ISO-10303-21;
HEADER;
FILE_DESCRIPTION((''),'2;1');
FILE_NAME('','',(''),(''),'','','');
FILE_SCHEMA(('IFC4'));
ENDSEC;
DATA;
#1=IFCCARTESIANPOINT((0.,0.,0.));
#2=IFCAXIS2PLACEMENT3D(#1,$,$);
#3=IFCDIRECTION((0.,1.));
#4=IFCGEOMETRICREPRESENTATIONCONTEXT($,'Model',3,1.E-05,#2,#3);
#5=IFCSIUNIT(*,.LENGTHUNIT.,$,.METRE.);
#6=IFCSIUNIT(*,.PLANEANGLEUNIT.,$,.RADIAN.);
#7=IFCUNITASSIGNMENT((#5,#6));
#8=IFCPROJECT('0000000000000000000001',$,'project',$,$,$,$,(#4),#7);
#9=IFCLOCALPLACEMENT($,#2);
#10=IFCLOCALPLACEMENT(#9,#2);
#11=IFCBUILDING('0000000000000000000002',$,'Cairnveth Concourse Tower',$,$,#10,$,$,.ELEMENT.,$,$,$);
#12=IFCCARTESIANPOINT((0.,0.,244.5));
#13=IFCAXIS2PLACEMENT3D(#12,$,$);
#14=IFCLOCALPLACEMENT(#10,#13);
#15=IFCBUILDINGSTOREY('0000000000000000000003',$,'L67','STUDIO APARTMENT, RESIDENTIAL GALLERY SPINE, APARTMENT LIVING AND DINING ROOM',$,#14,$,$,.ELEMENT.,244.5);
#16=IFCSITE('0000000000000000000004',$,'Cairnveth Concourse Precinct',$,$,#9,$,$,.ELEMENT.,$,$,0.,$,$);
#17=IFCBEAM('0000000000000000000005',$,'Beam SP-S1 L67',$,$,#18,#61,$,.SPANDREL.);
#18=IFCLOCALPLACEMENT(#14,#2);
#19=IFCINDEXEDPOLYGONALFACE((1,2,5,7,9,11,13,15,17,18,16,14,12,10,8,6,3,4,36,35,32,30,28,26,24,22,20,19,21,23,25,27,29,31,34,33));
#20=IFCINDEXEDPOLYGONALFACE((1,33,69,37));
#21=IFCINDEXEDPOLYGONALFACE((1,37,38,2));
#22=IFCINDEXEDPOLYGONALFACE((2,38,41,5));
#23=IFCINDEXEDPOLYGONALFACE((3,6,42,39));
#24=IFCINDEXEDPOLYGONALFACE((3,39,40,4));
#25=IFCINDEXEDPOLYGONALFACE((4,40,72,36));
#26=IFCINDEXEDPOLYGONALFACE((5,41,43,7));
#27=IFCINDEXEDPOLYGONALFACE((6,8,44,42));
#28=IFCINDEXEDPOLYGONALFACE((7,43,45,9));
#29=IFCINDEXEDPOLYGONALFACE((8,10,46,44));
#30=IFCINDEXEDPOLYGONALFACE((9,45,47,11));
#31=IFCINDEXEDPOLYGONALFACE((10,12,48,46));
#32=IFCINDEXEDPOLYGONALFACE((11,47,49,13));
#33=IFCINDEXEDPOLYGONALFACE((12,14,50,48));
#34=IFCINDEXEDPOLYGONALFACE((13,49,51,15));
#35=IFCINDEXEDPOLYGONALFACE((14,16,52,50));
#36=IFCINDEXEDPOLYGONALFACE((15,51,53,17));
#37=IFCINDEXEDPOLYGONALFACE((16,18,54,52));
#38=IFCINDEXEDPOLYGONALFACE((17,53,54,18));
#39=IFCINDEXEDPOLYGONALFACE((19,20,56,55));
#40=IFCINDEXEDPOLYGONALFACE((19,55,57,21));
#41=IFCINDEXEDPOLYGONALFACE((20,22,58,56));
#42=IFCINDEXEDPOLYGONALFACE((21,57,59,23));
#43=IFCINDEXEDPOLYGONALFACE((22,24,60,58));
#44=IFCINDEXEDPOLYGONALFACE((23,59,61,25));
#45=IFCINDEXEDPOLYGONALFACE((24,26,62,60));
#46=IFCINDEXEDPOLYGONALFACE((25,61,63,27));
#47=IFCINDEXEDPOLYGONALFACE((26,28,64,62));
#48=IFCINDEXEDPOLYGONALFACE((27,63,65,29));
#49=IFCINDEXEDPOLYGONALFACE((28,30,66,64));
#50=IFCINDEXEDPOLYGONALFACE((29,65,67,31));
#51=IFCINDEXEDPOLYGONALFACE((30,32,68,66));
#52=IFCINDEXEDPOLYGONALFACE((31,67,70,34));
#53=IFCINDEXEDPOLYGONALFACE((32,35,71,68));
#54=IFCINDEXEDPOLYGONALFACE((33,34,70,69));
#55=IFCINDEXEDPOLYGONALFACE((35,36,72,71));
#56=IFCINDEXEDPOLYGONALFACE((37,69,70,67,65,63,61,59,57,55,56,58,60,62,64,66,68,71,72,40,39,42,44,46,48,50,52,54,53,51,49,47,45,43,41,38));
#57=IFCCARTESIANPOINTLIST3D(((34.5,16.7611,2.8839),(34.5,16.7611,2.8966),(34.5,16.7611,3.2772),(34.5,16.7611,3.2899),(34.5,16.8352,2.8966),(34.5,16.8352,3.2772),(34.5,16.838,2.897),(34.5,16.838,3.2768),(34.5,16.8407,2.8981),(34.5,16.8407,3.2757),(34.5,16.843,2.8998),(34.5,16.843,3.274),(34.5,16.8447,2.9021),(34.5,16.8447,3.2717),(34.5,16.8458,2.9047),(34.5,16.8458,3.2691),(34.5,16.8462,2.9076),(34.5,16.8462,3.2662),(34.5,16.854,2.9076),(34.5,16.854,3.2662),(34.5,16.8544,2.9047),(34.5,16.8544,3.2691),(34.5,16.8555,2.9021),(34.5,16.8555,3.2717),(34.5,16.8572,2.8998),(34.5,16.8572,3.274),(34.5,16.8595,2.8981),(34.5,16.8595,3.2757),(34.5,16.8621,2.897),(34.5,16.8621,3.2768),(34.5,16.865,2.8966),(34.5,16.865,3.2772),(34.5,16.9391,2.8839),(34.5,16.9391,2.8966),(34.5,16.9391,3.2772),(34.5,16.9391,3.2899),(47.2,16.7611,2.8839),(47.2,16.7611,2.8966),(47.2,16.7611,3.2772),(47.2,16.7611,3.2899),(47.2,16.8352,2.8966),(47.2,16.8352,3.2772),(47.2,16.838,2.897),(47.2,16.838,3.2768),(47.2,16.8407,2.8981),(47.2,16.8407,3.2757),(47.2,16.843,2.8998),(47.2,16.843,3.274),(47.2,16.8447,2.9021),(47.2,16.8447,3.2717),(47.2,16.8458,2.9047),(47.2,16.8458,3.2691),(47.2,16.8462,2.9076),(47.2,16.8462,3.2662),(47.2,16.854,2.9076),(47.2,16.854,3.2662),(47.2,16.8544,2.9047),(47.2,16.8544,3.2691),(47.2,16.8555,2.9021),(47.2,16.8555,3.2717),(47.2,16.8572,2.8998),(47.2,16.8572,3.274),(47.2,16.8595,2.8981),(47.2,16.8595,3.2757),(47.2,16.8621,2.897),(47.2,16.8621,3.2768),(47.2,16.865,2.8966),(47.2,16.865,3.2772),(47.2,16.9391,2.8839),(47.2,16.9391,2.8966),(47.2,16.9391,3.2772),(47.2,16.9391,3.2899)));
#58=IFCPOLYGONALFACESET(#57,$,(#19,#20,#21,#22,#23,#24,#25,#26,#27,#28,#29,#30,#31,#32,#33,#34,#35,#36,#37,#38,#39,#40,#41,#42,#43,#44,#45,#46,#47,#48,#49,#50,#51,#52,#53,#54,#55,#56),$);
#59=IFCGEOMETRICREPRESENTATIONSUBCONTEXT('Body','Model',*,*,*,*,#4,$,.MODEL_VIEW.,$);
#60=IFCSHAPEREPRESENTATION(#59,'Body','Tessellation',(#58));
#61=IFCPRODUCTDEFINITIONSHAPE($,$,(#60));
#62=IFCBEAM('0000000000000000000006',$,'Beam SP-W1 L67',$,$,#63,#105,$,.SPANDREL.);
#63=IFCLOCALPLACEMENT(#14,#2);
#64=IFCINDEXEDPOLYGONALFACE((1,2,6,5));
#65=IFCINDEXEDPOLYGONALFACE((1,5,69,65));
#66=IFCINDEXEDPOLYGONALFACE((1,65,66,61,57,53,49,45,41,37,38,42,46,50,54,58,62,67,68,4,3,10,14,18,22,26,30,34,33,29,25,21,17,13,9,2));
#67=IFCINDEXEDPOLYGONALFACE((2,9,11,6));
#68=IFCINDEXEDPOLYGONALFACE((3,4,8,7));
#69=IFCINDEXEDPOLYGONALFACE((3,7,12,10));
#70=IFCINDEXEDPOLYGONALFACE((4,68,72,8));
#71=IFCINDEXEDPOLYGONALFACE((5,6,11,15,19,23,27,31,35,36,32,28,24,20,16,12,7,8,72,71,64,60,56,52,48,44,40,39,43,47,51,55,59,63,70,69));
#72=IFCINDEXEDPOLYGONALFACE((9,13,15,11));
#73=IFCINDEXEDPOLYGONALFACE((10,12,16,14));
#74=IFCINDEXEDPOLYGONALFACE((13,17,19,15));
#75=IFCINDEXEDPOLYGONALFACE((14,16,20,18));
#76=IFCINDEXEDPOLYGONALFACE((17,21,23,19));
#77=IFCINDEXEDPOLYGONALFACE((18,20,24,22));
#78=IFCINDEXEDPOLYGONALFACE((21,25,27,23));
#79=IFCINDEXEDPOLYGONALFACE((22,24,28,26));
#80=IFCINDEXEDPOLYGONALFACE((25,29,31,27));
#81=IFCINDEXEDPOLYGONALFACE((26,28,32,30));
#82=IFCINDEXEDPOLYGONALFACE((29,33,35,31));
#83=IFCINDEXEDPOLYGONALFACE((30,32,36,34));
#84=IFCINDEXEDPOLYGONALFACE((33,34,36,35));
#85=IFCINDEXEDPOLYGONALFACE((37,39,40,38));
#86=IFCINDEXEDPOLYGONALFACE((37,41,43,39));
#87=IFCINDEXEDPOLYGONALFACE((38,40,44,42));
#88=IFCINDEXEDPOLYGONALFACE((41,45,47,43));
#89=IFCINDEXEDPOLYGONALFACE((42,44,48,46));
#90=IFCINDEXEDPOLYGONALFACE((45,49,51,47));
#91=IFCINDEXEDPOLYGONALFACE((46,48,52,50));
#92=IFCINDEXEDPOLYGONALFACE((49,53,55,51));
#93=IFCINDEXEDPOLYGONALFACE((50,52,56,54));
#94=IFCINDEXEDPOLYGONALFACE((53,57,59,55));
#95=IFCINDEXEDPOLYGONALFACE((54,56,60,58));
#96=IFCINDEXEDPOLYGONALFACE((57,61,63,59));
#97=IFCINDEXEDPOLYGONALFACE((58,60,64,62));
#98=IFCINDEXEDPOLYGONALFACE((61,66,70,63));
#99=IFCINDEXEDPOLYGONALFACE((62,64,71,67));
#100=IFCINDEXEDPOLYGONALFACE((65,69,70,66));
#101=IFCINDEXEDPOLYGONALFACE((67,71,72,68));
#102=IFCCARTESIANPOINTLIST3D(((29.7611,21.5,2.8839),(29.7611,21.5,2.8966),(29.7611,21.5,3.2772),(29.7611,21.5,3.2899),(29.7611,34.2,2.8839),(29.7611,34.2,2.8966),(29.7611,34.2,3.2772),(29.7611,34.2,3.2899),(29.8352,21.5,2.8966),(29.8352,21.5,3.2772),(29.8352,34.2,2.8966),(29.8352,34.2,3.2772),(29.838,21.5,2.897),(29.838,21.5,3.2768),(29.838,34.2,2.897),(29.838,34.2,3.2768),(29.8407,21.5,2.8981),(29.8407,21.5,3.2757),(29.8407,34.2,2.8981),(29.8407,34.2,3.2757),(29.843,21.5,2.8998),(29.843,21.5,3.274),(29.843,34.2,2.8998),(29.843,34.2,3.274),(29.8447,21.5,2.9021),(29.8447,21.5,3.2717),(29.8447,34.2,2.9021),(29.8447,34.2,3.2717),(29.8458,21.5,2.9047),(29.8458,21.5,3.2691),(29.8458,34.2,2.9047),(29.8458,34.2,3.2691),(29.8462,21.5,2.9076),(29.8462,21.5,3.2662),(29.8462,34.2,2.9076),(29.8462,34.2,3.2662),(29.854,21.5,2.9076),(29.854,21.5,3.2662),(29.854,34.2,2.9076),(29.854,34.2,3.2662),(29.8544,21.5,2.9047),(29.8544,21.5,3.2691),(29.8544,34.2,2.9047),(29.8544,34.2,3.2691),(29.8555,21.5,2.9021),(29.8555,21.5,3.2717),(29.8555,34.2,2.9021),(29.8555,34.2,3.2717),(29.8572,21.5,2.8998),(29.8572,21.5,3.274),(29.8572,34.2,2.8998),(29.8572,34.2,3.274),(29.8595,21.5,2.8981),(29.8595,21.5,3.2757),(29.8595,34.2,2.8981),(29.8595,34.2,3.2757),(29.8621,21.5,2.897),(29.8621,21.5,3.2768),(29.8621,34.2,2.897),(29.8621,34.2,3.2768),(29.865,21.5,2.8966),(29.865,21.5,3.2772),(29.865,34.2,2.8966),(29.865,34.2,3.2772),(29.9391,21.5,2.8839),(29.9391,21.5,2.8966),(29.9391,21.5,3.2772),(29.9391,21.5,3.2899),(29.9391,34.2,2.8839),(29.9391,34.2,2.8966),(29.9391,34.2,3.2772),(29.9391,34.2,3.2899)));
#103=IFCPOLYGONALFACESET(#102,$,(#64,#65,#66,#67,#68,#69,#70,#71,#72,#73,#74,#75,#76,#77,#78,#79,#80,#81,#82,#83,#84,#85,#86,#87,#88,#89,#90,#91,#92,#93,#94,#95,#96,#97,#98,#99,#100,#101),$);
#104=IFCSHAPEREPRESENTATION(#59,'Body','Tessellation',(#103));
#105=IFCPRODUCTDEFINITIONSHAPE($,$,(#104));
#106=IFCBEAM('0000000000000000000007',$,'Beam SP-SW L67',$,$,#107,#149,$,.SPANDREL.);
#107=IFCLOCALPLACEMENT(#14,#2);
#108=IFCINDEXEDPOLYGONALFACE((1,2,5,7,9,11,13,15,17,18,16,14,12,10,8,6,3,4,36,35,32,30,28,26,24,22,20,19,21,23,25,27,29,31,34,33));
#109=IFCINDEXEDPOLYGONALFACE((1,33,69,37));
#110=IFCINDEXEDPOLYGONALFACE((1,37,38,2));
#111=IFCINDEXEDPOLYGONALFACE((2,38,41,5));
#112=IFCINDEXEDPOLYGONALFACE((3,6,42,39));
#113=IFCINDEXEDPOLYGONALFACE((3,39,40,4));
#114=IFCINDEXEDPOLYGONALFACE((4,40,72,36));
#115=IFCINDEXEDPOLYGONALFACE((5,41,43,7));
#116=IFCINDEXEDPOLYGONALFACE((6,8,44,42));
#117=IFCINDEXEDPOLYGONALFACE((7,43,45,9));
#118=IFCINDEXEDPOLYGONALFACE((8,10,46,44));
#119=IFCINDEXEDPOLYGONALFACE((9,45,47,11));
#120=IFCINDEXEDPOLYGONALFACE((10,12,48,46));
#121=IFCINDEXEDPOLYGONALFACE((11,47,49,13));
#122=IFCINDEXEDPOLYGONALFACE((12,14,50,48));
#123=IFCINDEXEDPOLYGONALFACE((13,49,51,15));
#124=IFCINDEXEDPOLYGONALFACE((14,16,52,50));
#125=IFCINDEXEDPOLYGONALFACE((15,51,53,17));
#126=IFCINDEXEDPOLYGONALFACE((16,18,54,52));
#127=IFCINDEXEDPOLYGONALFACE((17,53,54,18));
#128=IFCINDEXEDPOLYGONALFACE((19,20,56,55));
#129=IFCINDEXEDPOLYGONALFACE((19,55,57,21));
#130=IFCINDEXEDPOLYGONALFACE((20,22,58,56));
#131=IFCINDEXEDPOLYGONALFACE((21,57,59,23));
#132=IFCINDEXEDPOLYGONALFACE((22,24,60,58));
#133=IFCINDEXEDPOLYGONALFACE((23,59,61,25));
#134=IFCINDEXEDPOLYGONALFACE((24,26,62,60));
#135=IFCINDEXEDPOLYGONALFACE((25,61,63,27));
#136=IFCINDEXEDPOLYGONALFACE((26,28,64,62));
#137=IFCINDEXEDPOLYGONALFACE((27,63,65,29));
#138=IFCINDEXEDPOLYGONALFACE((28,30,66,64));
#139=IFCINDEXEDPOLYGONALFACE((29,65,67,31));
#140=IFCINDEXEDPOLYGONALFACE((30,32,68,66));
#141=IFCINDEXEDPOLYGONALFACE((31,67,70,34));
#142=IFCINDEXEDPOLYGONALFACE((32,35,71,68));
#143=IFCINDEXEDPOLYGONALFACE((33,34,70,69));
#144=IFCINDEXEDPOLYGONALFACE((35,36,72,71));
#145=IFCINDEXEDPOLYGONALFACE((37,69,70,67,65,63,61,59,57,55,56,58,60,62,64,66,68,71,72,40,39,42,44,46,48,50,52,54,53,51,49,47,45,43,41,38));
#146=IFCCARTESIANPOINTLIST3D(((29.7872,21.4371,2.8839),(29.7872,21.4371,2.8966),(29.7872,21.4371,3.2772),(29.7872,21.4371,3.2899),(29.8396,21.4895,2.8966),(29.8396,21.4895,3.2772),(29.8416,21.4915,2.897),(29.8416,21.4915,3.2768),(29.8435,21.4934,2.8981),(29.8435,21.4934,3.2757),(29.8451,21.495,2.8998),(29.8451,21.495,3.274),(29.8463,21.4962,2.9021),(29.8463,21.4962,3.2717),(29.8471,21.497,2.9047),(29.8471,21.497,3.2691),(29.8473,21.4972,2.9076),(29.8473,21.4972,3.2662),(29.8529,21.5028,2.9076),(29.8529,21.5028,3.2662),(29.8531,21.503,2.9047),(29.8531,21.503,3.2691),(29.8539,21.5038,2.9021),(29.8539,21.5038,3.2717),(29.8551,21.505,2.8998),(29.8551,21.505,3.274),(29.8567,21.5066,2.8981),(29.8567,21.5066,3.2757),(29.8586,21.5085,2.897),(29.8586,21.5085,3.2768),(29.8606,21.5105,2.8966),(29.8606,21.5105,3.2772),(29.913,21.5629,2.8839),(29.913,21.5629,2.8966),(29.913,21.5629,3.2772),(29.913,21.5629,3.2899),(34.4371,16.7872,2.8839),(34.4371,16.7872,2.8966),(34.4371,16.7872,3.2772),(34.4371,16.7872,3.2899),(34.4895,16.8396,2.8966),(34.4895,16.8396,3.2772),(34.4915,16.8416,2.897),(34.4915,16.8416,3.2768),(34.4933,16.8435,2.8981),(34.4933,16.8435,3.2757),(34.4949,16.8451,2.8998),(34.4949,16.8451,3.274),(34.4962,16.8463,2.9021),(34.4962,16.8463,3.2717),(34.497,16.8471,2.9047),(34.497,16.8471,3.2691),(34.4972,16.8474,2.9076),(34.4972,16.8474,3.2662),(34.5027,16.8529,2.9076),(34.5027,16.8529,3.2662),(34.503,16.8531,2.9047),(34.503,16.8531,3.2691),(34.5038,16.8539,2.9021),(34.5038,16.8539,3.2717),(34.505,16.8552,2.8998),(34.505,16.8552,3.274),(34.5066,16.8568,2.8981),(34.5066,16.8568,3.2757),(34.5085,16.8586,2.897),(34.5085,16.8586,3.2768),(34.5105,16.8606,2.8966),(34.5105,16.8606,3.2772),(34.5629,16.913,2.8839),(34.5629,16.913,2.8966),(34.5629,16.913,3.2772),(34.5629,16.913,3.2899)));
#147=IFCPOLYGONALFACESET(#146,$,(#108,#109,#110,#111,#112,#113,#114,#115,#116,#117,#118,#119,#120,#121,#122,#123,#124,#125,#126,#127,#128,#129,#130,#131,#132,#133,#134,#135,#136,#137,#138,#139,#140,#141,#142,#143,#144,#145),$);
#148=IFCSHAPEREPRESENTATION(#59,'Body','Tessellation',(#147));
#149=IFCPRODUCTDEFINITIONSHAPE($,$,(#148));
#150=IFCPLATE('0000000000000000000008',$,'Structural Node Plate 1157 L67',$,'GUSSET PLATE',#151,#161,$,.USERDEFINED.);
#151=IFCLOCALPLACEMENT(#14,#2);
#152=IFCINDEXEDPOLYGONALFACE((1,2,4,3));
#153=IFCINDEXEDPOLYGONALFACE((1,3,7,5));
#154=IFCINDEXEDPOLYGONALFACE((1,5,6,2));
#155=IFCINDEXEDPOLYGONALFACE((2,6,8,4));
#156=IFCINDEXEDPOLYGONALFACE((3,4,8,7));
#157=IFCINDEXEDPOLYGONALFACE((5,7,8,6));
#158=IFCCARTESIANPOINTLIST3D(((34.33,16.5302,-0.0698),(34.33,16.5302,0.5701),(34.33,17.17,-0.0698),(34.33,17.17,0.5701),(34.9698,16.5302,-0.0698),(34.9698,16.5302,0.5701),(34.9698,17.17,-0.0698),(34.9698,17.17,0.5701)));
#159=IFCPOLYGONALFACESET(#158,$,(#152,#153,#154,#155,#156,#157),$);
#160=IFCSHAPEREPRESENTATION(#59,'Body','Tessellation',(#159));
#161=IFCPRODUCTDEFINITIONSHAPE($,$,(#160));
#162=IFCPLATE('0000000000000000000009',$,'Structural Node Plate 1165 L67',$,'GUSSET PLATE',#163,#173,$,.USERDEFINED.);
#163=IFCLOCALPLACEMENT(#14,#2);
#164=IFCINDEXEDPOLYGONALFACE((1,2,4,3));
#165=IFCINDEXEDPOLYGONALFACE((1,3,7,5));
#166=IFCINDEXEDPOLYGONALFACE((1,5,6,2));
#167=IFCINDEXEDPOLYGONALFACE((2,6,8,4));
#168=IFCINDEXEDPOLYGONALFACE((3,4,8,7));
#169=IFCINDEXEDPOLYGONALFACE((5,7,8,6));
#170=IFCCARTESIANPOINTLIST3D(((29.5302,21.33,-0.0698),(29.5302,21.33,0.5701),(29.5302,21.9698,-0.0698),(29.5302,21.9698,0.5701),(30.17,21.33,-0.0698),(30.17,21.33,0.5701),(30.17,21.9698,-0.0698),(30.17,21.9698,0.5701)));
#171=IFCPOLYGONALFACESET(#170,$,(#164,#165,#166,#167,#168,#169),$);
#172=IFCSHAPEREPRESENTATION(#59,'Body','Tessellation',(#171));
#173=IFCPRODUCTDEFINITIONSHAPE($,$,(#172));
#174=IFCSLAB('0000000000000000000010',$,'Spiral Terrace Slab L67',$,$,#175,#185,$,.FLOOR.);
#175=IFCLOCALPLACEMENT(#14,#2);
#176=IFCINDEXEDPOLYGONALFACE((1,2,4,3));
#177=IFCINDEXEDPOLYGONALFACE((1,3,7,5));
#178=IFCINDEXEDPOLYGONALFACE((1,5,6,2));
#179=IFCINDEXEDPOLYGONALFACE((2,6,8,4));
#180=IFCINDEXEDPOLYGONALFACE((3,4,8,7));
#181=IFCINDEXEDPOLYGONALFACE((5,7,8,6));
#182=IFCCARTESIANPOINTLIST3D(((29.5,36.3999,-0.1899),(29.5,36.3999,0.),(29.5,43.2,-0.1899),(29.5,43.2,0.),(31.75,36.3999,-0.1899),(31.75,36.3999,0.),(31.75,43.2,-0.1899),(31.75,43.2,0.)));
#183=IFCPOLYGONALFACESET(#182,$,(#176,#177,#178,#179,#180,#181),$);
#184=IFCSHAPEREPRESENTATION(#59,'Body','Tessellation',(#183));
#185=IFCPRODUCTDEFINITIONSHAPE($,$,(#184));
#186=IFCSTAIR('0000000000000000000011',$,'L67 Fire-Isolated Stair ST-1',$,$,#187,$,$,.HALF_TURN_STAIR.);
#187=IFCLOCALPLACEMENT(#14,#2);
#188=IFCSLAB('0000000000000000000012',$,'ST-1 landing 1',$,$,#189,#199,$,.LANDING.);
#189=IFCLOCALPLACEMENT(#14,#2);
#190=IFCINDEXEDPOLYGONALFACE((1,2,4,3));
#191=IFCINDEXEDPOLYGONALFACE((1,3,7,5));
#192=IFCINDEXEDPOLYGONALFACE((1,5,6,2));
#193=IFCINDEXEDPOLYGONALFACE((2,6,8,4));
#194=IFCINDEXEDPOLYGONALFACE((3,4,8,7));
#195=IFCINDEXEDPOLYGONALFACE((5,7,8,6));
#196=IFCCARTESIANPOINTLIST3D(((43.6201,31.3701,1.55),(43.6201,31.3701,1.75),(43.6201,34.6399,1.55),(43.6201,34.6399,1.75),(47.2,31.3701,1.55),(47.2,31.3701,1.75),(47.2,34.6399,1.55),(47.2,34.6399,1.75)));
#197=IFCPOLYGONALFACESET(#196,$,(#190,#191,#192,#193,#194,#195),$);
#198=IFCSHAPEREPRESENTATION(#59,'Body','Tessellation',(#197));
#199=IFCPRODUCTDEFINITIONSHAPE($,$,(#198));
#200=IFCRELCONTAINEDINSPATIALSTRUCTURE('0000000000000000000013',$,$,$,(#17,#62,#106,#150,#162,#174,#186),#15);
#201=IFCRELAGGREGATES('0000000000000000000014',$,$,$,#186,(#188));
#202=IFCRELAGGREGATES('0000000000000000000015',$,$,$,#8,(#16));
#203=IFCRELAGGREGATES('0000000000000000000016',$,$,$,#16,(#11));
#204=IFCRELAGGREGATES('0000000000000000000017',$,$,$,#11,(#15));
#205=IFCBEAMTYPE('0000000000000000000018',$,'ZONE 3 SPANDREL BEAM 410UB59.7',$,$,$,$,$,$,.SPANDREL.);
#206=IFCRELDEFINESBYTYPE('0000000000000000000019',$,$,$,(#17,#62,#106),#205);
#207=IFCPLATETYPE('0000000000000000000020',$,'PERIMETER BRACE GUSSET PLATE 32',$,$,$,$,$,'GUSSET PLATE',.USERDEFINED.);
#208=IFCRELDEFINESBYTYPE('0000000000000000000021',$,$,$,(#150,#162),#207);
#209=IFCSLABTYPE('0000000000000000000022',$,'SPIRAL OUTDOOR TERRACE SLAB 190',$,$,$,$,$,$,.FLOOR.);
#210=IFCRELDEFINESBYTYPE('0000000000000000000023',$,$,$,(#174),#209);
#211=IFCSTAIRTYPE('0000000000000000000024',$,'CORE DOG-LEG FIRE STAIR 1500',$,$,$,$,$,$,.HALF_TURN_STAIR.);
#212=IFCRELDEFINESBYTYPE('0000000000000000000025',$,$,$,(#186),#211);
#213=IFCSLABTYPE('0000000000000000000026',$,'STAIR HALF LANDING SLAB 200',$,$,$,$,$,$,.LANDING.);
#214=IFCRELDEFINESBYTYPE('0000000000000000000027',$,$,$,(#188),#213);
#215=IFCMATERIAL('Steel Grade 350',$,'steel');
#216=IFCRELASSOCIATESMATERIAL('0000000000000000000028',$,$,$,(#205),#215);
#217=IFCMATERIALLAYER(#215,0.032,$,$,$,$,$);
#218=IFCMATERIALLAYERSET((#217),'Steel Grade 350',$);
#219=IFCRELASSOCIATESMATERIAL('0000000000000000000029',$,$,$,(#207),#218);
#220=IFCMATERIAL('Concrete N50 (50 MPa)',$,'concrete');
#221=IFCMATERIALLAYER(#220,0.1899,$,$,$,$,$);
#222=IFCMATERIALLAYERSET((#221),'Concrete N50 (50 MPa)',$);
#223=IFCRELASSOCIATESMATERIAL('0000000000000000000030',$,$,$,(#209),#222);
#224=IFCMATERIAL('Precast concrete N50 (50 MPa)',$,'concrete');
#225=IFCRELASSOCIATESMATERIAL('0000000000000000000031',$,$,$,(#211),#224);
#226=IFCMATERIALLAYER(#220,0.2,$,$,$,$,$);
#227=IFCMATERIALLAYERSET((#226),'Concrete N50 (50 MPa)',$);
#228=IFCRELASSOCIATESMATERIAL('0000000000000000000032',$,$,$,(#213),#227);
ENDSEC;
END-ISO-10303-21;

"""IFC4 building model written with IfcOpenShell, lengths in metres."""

from ifc_helpers import new_model, si_unit, direction, frame, origin, origin_2d, place, context, subcontext, project, spatial, polyline, rectangle, i_section, outline, extrude, material, layer, layer_set, material_profile, profile_set, type_object, element, aggregate, save


model = new_model("IFC4")

# Units and contexts
model_context = context("Model", 3, precision=1e-05, world=origin(), true_north=direction((0.0, 1.0)))
body_context = subcontext(model_context, "Body", "Model", "MODEL_VIEW")
ifc_project = project(units=[si_unit("LENGTHUNIT", "METRE"), si_unit("PLANEANGLEUNIT", "RADIAN")], contexts=[model_context])

# Site, building, storey
site_placement = place(None, origin())
site = spatial("IfcSite", under=ifc_project, at=site_placement, Name="Cairnveth Concourse Precinct", CompositionType="ELEMENT", RefElevation=0.0)
building_placement = place(site_placement, origin())
building = spatial("IfcBuilding", under=site, at=building_placement, Name="Cairnveth Concourse Tower", CompositionType="ELEMENT")
storey_placement = place(building_placement, frame((0.0, 0.0, 244.5)))
storey = spatial("IfcBuildingStorey", under=building, at=storey_placement, Name="L67", Description="STUDIO APARTMENT, RESIDENTIAL GALLERY SPINE, APARTMENT LIVING AND DINING ROOM", CompositionType="ELEMENT", Elevation=244.5)

# Shared definitions
ifc_material_1 = material(Name="Steel Grade 350", Category="steel")

# Beams
ifc_material_profile_1 = material_profile(ifc_material_1, i_section(OverallWidth=0.178, OverallDepth=0.406, WebThickness=0.0078, FlangeThickness=0.0127, FilletRadius=0.011, at=origin_2d()), Name="410UB59.7")
ifc_profile_set_1 = profile_set([ifc_material_profile_1], Name="Steel Grade 350")
beam_type_1 = type_object("IfcBeamType", Name="ZONE 3 SPANDREL BEAM 410UB59.7", PredefinedType="SPANDREL", material=ifc_profile_set_1)
for number, where, z_axis, x_axis, name in (
    (1, (34.5, 16.8501, 3.0869), (1.0, 0.0, 0.0), (0.0, 1.0, 0.0), "Beam SP-S1 L67"),
    (2, (29.8501, 21.5, 3.0869), (0.0, 1.0, 0.0), (-1.0, 0.0, 0.0), "Beam SP-W1 L67"),
):
    element("IfcBeam", number, at=place(storey_placement, frame(where, z_axis=z_axis, x_axis=x_axis)), inside=storey, type_object=beam_type_1, Name=name, PredefinedType="SPANDREL", context=body_context, shape_type="SweptSolid", body=[
        extrude(i_section(OverallWidth=0.178, OverallDepth=0.406, WebThickness=0.0078, FlangeThickness=0.0127, FilletRadius=0.011, at=origin_2d()), origin(), (0.0, 0.0, 1.0), 12.7),
    ])
beam_1_placement = place(storey_placement, frame((29.8501, 21.5, 3.0869), z_axis=(0.707107, -0.707107, 0.0), x_axis=(0.707107, 0.707107, 0.0)))
element("IfcBeam", 3, at=beam_1_placement, inside=storey, type_object=beam_type_1, Name="Beam SP-SW L67", PredefinedType="SPANDREL", context=body_context, shape_type="SweptSolid", body=[
    extrude(i_section(OverallWidth=0.178, OverallDepth=0.406, WebThickness=0.0078, FlangeThickness=0.0127, FilletRadius=0.011, at=origin_2d()), origin(), (0.0, 0.0, 1.0), 6.5759),
])

# Plates
ifc_layer_1 = layer(ifc_material_1, 0.032)
ifc_layer_set_1 = layer_set([ifc_layer_1], Name="Steel Grade 350")
plate_type = type_object("IfcPlateType", Name="PERIMETER BRACE GUSSET PLATE 32", ElementType="GUSSET PLATE", PredefinedType="USERDEFINED", material=ifc_layer_set_1)
for number, where, z_axis, x_axis, name in (
    (4, (34.6499, 16.8501, -0.0698), (0.0, 0.0, 1.0), (1.0, 0.0, 0.0), "Structural Node Plate 1157 L67"),
    (5, (29.8501, 21.6499, -0.0698), (0.0, 0.0, 1.0), (1.0, 0.0, 0.0), "Structural Node Plate 1165 L67"),
):
    element("IfcPlate", number, at=place(storey_placement, frame(where, z_axis=z_axis, x_axis=x_axis)), inside=storey, type_object=plate_type, Name=name, ObjectType="GUSSET PLATE", PredefinedType="USERDEFINED", context=body_context, shape_type="SweptSolid", body=[
        extrude(rectangle(XDim=0.6399, YDim=0.6399, at=origin_2d()), origin(), (0.0, 0.0, 1.0), 0.6399),
    ])

# Slab
ifc_material_2 = material(Name="Concrete N50 (50 MPa)", Category="concrete")
ifc_layer_2 = layer(ifc_material_2, 0.1899)
ifc_layer_set_2 = layer_set([ifc_layer_2], Name="Concrete N50 (50 MPa)")
slab_type_1 = type_object("IfcSlabType", Name="SPIRAL OUTDOOR TERRACE SLAB 190", PredefinedType="FLOOR", material=ifc_layer_set_2)
slab_1_placement = place(storey_placement, frame((0.0, 0.0, -0.1899)))
element("IfcSlab", 6, at=slab_1_placement, inside=storey, type_object=slab_type_1, Name="Spiral Terrace Slab L67", PredefinedType="FLOOR", context=body_context, shape_type="SweptSolid", body=[
    extrude(outline(polyline([(29.5, 36.3999), (31.75, 36.3999), (31.75, 43.2), (29.5, 43.2), (29.5, 36.3999)])), origin(), (0.0, 0.0, 1.0), 0.1899),
])

# Stair, slab
ifc_material_3 = material(Name="Precast concrete N50 (50 MPa)", Category="concrete")
stair_type = type_object("IfcStairType", Name="CORE DOG-LEG FIRE STAIR 1500", PredefinedType="HALF_TURN_STAIR", material=ifc_material_3)
stair_1_placement = place(storey_placement, origin())
stair_1 = element("IfcStair", 7, at=stair_1_placement, inside=storey, type_object=stair_type, Name="L67 Fire-Isolated Stair ST-1", PredefinedType="HALF_TURN_STAIR")
ifc_layer_3 = layer(ifc_material_2, 0.2)
ifc_layer_set_3 = layer_set([ifc_layer_3], Name="Concrete N50 (50 MPa)")
slab_type_2 = type_object("IfcSlabType", Name="STAIR HALF LANDING SLAB 200", PredefinedType="LANDING", material=ifc_layer_set_3)
slab_2_placement = place(storey_placement, frame((0.0, 0.0, 1.55)))
slab_2 = element("IfcSlab", 8, at=slab_2_placement, type_object=slab_type_2, Name="ST-1 landing 1", PredefinedType="LANDING", context=body_context, shape_type="SweptSolid", body=[
    extrude(outline(polyline([(43.6201, 34.6399), (43.6201, 31.3701), (47.2, 31.3701), (47.2, 34.6399), (43.6201, 34.6399)])), origin(), (0.0, 0.0, 1.0), 0.2),
])
aggregate(stair_1, [slab_2])

save(model, "model.ifc")
